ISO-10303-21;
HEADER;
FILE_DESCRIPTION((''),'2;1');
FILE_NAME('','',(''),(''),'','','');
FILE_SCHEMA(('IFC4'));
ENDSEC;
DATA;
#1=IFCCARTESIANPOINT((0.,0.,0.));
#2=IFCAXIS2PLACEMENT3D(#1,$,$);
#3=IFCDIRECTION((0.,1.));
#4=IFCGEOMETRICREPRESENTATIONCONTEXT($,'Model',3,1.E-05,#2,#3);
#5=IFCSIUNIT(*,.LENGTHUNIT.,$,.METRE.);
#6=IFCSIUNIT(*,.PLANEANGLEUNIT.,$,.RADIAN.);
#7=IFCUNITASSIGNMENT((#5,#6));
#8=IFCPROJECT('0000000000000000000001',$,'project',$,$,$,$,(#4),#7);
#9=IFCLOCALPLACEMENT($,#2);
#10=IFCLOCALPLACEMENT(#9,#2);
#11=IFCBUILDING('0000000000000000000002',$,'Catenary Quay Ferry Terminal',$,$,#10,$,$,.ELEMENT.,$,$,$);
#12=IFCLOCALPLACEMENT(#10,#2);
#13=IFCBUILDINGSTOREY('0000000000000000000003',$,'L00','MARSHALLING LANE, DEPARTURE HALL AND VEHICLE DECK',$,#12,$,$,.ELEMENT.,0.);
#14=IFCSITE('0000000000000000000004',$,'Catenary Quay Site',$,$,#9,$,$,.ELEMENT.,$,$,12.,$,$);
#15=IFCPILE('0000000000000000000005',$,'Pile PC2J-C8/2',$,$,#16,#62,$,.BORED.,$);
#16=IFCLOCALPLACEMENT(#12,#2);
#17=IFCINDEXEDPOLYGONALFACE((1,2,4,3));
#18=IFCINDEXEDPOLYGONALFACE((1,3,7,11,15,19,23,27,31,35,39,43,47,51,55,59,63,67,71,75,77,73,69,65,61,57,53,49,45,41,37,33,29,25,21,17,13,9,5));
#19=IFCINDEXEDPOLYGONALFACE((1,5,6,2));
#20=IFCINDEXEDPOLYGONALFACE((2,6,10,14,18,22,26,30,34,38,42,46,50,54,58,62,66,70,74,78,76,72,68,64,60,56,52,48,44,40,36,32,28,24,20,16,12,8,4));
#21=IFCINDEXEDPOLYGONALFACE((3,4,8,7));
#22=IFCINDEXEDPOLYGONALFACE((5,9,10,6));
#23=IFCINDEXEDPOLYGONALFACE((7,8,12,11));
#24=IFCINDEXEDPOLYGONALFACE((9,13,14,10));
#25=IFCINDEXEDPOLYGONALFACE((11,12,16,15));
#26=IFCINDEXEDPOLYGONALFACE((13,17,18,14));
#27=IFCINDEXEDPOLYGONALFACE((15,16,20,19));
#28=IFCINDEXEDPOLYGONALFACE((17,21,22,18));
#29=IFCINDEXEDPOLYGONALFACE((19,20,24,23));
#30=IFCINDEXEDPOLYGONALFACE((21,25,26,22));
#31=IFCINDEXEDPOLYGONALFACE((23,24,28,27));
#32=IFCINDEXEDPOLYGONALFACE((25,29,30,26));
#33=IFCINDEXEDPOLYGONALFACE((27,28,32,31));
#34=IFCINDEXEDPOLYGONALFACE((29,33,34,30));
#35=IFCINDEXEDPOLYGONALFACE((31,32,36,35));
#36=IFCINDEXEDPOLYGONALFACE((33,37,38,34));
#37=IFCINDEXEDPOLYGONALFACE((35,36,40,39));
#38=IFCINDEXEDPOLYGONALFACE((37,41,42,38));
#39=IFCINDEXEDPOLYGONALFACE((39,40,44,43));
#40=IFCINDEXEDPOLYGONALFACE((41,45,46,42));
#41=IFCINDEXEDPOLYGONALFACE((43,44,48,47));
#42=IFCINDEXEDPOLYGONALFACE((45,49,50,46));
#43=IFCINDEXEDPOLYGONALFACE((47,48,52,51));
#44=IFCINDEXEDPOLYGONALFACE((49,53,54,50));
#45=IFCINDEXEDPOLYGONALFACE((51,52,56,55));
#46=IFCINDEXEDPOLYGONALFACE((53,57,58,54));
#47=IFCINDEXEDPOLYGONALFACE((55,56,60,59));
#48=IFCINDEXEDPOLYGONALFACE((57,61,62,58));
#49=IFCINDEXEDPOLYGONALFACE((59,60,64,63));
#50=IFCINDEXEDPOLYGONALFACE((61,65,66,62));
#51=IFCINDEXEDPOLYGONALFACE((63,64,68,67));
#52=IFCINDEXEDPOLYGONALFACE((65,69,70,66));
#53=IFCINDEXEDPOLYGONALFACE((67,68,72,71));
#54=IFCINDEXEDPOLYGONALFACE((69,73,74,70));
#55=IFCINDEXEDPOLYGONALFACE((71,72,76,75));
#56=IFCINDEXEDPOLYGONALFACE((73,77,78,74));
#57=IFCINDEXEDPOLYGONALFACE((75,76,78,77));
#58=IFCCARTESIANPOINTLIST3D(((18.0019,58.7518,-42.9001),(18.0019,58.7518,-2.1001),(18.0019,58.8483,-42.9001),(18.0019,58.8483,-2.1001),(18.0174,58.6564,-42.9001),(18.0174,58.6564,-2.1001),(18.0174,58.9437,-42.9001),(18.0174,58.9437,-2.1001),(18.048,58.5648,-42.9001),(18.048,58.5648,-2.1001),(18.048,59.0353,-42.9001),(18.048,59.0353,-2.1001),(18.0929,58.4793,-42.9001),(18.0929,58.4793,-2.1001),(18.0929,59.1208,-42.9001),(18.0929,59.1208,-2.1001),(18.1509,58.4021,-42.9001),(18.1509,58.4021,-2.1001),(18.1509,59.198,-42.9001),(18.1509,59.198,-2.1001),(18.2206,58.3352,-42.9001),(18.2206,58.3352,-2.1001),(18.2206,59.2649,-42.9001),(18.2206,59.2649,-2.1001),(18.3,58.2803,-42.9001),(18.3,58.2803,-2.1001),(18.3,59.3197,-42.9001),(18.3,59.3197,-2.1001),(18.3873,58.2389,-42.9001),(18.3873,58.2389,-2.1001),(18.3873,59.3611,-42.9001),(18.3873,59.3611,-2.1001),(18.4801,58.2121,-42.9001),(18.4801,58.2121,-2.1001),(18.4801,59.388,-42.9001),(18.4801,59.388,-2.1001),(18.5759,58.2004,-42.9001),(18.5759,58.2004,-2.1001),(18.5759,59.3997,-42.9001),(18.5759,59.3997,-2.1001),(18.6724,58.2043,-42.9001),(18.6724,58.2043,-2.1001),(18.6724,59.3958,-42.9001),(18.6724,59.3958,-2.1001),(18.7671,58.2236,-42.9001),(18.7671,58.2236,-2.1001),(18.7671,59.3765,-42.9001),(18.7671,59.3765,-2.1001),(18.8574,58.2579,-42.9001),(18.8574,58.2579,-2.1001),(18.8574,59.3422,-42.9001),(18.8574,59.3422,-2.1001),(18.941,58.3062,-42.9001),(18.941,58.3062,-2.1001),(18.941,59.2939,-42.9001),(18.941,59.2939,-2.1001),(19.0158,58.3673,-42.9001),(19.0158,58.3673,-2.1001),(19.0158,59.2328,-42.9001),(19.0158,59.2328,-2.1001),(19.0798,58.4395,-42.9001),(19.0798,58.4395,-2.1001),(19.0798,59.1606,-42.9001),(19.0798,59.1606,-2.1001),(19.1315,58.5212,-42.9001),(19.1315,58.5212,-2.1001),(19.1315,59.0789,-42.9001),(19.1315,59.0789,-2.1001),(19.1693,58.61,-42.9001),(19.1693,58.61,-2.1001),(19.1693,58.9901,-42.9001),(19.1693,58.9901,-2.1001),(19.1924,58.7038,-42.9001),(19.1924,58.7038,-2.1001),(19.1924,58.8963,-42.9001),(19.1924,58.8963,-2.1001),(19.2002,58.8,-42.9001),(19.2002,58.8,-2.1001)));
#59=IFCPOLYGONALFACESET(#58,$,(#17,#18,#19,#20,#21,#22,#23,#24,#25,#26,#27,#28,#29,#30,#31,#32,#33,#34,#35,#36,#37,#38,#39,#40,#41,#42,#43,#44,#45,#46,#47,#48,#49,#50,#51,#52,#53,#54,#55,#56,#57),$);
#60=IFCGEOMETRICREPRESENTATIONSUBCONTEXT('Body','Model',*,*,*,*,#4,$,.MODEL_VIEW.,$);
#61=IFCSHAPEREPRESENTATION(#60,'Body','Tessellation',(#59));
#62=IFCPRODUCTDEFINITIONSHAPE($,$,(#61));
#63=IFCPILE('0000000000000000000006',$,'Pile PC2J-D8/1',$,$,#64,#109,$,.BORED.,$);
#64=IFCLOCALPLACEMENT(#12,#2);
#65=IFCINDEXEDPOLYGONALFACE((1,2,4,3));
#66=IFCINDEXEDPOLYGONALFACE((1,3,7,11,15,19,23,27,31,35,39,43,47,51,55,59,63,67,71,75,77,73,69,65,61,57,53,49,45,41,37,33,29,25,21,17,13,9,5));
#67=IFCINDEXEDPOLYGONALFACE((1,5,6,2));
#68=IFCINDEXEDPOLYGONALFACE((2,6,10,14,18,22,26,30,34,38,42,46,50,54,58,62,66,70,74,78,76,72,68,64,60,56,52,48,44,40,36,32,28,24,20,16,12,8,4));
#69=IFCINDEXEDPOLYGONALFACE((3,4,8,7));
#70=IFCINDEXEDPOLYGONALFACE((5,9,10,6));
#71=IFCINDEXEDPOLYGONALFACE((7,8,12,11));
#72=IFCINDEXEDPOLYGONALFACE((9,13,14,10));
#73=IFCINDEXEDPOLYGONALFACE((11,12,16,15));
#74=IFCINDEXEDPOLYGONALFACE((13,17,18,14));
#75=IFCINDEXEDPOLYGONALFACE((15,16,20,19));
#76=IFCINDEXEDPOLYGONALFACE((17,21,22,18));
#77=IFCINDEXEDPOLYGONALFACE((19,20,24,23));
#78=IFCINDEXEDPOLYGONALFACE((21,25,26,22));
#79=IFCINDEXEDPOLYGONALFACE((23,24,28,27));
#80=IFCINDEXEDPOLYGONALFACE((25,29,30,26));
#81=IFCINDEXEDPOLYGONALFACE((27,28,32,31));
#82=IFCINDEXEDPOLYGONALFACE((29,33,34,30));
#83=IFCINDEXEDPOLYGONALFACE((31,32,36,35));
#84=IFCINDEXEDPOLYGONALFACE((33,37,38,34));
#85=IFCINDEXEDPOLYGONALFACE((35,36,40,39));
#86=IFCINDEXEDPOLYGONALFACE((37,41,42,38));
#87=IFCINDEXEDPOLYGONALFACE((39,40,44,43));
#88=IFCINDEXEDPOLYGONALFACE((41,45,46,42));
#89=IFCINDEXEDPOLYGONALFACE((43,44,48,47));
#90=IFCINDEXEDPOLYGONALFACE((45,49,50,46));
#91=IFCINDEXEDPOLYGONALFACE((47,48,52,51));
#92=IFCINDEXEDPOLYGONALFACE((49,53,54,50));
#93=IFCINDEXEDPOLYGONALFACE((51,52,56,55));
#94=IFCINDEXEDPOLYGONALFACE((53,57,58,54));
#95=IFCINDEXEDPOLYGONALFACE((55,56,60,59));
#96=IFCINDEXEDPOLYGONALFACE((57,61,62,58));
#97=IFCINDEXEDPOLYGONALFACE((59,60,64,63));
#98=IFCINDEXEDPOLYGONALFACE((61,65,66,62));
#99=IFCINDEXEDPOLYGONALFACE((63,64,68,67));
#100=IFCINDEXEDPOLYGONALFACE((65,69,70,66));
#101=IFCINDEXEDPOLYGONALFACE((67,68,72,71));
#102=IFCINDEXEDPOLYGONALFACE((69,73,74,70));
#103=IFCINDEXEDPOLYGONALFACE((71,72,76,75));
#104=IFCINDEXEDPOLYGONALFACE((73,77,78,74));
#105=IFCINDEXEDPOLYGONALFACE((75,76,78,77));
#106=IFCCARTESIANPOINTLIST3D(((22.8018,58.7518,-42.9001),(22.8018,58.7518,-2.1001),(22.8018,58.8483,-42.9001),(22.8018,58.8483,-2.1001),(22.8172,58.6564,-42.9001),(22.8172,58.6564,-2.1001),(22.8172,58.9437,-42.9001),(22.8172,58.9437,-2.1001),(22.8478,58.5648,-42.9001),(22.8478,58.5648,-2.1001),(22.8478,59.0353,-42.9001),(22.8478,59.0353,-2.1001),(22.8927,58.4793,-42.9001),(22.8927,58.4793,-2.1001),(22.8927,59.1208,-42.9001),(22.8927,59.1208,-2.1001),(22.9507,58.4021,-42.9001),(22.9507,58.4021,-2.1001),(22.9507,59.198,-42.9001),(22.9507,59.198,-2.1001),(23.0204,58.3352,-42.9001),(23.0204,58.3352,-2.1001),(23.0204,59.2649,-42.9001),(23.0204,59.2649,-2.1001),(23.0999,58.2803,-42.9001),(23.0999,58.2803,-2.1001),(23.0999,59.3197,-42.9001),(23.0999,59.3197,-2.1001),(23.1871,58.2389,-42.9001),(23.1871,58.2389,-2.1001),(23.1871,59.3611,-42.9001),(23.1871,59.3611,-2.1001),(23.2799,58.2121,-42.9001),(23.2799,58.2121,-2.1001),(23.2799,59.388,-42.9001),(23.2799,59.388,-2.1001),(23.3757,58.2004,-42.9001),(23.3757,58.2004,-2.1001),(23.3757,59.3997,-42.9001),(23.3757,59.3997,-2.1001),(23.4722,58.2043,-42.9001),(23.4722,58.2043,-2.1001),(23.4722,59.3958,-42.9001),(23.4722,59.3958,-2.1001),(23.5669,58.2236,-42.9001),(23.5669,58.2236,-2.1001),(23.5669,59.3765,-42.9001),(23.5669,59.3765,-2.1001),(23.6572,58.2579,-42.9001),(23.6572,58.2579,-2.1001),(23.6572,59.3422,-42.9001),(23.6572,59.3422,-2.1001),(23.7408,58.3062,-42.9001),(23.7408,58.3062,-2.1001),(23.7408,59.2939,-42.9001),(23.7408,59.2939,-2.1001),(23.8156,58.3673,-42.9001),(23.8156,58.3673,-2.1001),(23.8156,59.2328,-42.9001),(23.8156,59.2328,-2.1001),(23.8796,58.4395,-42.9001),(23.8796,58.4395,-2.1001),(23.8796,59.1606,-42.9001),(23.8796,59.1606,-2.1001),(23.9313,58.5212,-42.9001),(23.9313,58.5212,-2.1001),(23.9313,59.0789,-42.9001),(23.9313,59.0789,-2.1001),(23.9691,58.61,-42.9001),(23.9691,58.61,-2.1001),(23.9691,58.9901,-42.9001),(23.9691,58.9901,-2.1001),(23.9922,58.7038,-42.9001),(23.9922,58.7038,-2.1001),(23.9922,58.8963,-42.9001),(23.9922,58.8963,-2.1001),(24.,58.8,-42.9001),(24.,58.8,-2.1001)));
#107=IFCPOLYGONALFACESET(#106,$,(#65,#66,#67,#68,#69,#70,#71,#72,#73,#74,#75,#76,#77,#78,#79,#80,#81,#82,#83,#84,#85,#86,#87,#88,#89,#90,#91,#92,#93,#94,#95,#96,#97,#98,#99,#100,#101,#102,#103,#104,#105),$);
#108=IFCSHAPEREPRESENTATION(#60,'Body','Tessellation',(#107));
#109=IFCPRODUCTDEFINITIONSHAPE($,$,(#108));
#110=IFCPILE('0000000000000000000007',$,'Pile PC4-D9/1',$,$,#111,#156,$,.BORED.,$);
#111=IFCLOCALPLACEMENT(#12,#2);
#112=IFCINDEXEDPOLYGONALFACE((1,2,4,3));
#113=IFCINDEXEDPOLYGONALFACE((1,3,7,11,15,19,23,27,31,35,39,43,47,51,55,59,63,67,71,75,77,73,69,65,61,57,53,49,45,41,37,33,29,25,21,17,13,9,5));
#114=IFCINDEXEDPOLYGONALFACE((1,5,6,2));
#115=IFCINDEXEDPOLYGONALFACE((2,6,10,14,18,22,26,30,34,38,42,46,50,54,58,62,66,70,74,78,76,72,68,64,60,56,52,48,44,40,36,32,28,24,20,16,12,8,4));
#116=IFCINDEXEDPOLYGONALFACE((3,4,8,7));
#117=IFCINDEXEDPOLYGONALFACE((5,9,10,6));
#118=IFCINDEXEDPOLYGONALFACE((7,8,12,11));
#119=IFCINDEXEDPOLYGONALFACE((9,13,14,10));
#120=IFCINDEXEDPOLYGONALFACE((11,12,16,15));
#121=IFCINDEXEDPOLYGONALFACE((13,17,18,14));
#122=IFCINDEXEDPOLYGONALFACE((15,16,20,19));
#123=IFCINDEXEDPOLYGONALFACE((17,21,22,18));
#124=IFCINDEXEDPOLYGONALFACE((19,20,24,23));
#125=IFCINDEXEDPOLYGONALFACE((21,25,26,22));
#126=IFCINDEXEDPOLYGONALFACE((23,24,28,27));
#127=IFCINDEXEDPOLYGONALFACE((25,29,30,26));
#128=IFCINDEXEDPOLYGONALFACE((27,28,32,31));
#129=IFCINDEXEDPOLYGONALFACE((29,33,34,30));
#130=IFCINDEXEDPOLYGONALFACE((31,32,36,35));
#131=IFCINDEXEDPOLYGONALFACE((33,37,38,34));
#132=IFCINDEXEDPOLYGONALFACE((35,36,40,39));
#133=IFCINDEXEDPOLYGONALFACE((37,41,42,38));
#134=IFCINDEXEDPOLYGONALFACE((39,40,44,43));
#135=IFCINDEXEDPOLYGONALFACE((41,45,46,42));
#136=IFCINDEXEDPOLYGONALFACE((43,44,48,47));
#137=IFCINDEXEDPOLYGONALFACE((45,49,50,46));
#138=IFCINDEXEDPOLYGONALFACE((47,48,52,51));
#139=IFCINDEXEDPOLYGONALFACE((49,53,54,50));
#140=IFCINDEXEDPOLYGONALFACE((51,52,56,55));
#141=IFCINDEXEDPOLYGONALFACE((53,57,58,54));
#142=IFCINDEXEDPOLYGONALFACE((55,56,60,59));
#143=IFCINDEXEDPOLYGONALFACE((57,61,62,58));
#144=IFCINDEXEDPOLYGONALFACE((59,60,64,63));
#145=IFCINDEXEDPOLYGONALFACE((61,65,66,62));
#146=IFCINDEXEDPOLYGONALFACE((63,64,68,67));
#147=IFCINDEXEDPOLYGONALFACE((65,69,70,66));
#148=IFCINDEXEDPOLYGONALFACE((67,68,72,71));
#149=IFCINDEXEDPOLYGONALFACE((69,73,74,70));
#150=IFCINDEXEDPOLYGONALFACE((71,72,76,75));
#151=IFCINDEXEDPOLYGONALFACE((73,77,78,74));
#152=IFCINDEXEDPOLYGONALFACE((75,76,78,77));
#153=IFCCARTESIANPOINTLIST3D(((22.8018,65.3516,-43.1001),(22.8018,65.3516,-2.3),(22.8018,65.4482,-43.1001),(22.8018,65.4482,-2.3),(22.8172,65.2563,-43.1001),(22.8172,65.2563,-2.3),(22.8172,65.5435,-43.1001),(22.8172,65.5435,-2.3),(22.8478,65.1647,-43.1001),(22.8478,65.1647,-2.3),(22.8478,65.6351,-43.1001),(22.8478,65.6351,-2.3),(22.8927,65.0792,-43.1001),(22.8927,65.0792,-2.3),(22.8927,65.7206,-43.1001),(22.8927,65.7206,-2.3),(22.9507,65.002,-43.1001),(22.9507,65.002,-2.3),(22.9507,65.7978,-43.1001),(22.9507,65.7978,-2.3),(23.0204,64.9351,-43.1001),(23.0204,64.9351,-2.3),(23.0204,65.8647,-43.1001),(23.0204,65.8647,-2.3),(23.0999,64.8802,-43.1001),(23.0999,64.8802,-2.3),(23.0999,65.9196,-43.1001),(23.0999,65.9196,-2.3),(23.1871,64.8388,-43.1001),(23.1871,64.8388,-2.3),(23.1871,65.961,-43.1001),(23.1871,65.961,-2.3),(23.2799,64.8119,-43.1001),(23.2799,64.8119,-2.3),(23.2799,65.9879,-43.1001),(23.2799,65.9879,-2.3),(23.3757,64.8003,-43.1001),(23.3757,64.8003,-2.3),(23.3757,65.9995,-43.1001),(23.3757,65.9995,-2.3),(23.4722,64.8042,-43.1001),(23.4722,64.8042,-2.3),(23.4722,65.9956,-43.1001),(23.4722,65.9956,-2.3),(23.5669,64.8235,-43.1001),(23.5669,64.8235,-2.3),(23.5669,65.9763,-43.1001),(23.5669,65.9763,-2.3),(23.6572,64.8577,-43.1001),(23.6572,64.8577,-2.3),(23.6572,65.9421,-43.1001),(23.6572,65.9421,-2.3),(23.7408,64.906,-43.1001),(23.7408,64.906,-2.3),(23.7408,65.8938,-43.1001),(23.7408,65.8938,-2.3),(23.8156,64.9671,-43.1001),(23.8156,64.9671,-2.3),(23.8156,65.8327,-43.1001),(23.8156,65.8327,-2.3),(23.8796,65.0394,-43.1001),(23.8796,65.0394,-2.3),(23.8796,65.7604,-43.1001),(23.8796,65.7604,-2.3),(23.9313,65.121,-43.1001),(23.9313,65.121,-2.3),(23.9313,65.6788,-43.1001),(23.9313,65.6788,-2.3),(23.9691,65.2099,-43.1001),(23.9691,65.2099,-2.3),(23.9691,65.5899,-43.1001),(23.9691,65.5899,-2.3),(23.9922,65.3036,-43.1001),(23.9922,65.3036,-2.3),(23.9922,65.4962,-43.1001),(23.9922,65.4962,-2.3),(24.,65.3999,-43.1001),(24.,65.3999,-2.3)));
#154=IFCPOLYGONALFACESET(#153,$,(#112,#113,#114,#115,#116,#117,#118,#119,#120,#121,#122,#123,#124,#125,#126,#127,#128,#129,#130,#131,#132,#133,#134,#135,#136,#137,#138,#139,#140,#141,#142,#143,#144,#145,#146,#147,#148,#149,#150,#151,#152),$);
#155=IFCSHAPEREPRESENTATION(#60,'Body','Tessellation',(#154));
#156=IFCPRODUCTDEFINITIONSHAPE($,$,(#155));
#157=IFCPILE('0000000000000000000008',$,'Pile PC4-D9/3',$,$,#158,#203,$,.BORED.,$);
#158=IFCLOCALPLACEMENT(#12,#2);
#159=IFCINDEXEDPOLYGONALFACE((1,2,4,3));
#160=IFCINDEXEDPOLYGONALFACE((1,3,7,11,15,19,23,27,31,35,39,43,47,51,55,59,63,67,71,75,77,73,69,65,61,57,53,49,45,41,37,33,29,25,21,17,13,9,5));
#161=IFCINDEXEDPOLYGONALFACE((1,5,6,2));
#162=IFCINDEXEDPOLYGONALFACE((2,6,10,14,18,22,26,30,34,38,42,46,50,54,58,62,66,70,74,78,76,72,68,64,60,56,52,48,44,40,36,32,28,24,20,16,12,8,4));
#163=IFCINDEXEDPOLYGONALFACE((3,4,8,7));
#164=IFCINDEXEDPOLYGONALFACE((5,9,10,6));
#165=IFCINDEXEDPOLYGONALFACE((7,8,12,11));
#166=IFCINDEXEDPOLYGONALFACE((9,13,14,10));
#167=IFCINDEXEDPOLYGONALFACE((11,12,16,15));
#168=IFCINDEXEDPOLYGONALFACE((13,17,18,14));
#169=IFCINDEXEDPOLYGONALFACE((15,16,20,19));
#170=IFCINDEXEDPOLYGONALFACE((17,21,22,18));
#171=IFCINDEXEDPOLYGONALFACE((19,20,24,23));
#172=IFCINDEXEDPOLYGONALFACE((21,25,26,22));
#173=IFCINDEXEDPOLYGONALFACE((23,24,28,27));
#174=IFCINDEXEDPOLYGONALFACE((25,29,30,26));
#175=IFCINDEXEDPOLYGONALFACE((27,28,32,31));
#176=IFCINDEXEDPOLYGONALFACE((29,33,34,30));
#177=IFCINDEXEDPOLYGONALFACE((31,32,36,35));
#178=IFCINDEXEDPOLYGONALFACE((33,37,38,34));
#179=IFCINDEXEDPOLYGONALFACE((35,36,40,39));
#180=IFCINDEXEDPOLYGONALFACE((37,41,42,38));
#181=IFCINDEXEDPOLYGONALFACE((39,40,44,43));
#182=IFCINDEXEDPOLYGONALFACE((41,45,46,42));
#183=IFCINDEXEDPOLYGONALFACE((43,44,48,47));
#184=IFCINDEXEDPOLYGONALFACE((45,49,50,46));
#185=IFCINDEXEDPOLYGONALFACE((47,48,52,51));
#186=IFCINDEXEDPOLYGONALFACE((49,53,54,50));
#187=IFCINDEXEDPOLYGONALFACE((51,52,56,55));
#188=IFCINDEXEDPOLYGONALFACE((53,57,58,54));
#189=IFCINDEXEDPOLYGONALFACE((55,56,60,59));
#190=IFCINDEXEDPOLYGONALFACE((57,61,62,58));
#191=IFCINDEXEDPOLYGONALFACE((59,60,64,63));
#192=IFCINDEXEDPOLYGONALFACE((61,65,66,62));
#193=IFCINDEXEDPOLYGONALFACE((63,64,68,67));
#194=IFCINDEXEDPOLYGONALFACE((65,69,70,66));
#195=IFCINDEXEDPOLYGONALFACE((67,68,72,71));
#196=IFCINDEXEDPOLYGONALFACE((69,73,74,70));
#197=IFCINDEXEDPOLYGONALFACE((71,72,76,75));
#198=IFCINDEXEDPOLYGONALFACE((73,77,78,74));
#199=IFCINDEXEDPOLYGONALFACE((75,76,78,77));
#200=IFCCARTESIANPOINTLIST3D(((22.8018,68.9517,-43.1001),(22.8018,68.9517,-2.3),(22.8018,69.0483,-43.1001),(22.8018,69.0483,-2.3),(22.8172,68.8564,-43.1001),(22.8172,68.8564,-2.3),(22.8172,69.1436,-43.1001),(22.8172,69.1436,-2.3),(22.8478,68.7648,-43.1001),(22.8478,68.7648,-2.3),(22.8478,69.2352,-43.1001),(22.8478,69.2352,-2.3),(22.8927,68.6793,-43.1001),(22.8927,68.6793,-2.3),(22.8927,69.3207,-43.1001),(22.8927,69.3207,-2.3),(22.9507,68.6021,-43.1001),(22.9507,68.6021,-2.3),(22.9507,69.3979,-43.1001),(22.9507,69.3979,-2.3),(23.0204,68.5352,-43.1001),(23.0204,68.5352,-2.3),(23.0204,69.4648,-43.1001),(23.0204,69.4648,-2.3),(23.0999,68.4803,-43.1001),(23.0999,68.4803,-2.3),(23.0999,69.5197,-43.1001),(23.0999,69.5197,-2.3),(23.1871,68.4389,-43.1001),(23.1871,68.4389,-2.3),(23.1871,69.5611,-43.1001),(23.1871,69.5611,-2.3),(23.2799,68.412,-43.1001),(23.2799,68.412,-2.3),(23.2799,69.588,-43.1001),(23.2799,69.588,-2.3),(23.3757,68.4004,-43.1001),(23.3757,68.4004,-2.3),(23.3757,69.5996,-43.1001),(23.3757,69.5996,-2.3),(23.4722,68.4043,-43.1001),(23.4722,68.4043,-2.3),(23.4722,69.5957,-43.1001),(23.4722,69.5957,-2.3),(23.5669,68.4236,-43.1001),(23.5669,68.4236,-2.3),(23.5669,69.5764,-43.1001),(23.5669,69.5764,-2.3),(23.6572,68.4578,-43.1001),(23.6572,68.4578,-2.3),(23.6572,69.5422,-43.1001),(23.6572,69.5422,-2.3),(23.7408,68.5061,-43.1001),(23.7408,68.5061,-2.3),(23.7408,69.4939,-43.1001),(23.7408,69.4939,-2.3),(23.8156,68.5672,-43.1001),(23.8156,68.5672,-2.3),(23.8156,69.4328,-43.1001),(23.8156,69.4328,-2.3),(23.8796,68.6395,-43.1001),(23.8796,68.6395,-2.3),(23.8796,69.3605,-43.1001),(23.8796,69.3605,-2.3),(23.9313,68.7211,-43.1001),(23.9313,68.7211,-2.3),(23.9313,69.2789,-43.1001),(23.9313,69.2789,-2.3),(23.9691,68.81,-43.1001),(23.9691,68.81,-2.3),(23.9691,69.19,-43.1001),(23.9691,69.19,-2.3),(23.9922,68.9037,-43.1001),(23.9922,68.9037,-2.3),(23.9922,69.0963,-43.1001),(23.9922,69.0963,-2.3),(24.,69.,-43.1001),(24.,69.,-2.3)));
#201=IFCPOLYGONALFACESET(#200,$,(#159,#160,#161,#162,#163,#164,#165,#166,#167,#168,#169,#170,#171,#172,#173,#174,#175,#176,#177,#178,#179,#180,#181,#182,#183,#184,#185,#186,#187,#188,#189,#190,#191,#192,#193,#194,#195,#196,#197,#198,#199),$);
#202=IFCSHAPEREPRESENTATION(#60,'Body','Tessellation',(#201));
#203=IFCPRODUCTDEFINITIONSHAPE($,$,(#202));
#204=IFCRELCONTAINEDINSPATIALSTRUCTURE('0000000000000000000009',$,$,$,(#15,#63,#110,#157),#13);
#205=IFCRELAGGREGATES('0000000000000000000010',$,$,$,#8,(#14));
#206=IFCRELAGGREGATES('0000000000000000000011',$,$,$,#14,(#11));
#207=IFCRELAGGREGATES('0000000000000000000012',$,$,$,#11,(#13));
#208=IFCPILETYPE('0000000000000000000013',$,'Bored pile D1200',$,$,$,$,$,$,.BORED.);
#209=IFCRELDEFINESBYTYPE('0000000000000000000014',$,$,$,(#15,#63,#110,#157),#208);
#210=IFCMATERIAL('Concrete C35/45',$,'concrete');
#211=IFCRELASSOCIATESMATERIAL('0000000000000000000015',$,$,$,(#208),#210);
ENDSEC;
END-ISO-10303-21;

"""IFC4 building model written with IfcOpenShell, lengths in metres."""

from ifc_helpers import new_model, si_unit, direction, frame, origin, origin_2d, place, context, subcontext, project, spatial, circle, extrude, material, material_profile, profile_set, type_object, element, save


model = new_model("IFC4")

# Units and contexts
model_context = context("Model", 3, precision=1e-05, world=origin(), true_north=direction((0.0, 1.0)))
body_context = subcontext(model_context, "Body", "Model", "MODEL_VIEW")
ifc_project = project(units=[si_unit("LENGTHUNIT", "METRE"), si_unit("PLANEANGLEUNIT", "RADIAN")], contexts=[model_context])

# Site, building, storey
site_placement = place(None, origin())
site = spatial("IfcSite", under=ifc_project, at=site_placement, Name="Catenary Quay Site", CompositionType="ELEMENT", RefElevation=12.0)
building_placement = place(site_placement, origin())
building = spatial("IfcBuilding", under=site, at=building_placement, Name="Catenary Quay Ferry Terminal", CompositionType="ELEMENT")
storey_placement = place(building_placement, origin())
storey = spatial("IfcBuildingStorey", under=building, at=storey_placement, Name="L00", Description="MARSHALLING LANE, DEPARTURE HALL AND VEHICLE DECK", CompositionType="ELEMENT", Elevation=0.0)

# Piles
ifc_material_1 = material(Name="Concrete C35/45", Category="concrete")
ifc_material_profile_1 = material_profile(ifc_material_1, circle(Radius=0.6001, at=origin_2d()), Name="D1200")
ifc_profile_set_1 = profile_set([ifc_material_profile_1], Name="Concrete C35/45")
pile_type = type_object("IfcPileType", Name="Bored pile D1200", PredefinedType="BORED", material=ifc_profile_set_1)
for number, where, z_axis, x_axis, name in (
    (1, (18.6001, 58.8, -2.1001), (0.0, 0.0, -1.0), (1.0, 0.0, 0.0), "Pile PC2J-C8/2"),
    (2, (23.3999, 58.8, -2.1001), (0.0, 0.0, -1.0), (1.0, 0.0, 0.0), "Pile PC2J-D8/1"),
    (3, (23.3999, 65.3999, -2.3), (0.0, 0.0, -1.0), (1.0, 0.0, 0.0), "Pile PC4-D9/1"),
    (4, (23.3999, 69.0, -2.3), (0.0, 0.0, -1.0), (1.0, 0.0, 0.0), "Pile PC4-D9/3"),
):
    element("IfcPile", number, at=place(storey_placement, frame(where, z_axis=z_axis, x_axis=x_axis)), inside=storey, type_object=pile_type, Name=name, PredefinedType="BORED", context=body_context, shape_type="SweptSolid", body=[
        extrude(circle(Radius=0.6001, at=origin_2d()), origin(), (0.0, 0.0, 1.0), 40.8),
    ])

save(model, "model.ifc")
